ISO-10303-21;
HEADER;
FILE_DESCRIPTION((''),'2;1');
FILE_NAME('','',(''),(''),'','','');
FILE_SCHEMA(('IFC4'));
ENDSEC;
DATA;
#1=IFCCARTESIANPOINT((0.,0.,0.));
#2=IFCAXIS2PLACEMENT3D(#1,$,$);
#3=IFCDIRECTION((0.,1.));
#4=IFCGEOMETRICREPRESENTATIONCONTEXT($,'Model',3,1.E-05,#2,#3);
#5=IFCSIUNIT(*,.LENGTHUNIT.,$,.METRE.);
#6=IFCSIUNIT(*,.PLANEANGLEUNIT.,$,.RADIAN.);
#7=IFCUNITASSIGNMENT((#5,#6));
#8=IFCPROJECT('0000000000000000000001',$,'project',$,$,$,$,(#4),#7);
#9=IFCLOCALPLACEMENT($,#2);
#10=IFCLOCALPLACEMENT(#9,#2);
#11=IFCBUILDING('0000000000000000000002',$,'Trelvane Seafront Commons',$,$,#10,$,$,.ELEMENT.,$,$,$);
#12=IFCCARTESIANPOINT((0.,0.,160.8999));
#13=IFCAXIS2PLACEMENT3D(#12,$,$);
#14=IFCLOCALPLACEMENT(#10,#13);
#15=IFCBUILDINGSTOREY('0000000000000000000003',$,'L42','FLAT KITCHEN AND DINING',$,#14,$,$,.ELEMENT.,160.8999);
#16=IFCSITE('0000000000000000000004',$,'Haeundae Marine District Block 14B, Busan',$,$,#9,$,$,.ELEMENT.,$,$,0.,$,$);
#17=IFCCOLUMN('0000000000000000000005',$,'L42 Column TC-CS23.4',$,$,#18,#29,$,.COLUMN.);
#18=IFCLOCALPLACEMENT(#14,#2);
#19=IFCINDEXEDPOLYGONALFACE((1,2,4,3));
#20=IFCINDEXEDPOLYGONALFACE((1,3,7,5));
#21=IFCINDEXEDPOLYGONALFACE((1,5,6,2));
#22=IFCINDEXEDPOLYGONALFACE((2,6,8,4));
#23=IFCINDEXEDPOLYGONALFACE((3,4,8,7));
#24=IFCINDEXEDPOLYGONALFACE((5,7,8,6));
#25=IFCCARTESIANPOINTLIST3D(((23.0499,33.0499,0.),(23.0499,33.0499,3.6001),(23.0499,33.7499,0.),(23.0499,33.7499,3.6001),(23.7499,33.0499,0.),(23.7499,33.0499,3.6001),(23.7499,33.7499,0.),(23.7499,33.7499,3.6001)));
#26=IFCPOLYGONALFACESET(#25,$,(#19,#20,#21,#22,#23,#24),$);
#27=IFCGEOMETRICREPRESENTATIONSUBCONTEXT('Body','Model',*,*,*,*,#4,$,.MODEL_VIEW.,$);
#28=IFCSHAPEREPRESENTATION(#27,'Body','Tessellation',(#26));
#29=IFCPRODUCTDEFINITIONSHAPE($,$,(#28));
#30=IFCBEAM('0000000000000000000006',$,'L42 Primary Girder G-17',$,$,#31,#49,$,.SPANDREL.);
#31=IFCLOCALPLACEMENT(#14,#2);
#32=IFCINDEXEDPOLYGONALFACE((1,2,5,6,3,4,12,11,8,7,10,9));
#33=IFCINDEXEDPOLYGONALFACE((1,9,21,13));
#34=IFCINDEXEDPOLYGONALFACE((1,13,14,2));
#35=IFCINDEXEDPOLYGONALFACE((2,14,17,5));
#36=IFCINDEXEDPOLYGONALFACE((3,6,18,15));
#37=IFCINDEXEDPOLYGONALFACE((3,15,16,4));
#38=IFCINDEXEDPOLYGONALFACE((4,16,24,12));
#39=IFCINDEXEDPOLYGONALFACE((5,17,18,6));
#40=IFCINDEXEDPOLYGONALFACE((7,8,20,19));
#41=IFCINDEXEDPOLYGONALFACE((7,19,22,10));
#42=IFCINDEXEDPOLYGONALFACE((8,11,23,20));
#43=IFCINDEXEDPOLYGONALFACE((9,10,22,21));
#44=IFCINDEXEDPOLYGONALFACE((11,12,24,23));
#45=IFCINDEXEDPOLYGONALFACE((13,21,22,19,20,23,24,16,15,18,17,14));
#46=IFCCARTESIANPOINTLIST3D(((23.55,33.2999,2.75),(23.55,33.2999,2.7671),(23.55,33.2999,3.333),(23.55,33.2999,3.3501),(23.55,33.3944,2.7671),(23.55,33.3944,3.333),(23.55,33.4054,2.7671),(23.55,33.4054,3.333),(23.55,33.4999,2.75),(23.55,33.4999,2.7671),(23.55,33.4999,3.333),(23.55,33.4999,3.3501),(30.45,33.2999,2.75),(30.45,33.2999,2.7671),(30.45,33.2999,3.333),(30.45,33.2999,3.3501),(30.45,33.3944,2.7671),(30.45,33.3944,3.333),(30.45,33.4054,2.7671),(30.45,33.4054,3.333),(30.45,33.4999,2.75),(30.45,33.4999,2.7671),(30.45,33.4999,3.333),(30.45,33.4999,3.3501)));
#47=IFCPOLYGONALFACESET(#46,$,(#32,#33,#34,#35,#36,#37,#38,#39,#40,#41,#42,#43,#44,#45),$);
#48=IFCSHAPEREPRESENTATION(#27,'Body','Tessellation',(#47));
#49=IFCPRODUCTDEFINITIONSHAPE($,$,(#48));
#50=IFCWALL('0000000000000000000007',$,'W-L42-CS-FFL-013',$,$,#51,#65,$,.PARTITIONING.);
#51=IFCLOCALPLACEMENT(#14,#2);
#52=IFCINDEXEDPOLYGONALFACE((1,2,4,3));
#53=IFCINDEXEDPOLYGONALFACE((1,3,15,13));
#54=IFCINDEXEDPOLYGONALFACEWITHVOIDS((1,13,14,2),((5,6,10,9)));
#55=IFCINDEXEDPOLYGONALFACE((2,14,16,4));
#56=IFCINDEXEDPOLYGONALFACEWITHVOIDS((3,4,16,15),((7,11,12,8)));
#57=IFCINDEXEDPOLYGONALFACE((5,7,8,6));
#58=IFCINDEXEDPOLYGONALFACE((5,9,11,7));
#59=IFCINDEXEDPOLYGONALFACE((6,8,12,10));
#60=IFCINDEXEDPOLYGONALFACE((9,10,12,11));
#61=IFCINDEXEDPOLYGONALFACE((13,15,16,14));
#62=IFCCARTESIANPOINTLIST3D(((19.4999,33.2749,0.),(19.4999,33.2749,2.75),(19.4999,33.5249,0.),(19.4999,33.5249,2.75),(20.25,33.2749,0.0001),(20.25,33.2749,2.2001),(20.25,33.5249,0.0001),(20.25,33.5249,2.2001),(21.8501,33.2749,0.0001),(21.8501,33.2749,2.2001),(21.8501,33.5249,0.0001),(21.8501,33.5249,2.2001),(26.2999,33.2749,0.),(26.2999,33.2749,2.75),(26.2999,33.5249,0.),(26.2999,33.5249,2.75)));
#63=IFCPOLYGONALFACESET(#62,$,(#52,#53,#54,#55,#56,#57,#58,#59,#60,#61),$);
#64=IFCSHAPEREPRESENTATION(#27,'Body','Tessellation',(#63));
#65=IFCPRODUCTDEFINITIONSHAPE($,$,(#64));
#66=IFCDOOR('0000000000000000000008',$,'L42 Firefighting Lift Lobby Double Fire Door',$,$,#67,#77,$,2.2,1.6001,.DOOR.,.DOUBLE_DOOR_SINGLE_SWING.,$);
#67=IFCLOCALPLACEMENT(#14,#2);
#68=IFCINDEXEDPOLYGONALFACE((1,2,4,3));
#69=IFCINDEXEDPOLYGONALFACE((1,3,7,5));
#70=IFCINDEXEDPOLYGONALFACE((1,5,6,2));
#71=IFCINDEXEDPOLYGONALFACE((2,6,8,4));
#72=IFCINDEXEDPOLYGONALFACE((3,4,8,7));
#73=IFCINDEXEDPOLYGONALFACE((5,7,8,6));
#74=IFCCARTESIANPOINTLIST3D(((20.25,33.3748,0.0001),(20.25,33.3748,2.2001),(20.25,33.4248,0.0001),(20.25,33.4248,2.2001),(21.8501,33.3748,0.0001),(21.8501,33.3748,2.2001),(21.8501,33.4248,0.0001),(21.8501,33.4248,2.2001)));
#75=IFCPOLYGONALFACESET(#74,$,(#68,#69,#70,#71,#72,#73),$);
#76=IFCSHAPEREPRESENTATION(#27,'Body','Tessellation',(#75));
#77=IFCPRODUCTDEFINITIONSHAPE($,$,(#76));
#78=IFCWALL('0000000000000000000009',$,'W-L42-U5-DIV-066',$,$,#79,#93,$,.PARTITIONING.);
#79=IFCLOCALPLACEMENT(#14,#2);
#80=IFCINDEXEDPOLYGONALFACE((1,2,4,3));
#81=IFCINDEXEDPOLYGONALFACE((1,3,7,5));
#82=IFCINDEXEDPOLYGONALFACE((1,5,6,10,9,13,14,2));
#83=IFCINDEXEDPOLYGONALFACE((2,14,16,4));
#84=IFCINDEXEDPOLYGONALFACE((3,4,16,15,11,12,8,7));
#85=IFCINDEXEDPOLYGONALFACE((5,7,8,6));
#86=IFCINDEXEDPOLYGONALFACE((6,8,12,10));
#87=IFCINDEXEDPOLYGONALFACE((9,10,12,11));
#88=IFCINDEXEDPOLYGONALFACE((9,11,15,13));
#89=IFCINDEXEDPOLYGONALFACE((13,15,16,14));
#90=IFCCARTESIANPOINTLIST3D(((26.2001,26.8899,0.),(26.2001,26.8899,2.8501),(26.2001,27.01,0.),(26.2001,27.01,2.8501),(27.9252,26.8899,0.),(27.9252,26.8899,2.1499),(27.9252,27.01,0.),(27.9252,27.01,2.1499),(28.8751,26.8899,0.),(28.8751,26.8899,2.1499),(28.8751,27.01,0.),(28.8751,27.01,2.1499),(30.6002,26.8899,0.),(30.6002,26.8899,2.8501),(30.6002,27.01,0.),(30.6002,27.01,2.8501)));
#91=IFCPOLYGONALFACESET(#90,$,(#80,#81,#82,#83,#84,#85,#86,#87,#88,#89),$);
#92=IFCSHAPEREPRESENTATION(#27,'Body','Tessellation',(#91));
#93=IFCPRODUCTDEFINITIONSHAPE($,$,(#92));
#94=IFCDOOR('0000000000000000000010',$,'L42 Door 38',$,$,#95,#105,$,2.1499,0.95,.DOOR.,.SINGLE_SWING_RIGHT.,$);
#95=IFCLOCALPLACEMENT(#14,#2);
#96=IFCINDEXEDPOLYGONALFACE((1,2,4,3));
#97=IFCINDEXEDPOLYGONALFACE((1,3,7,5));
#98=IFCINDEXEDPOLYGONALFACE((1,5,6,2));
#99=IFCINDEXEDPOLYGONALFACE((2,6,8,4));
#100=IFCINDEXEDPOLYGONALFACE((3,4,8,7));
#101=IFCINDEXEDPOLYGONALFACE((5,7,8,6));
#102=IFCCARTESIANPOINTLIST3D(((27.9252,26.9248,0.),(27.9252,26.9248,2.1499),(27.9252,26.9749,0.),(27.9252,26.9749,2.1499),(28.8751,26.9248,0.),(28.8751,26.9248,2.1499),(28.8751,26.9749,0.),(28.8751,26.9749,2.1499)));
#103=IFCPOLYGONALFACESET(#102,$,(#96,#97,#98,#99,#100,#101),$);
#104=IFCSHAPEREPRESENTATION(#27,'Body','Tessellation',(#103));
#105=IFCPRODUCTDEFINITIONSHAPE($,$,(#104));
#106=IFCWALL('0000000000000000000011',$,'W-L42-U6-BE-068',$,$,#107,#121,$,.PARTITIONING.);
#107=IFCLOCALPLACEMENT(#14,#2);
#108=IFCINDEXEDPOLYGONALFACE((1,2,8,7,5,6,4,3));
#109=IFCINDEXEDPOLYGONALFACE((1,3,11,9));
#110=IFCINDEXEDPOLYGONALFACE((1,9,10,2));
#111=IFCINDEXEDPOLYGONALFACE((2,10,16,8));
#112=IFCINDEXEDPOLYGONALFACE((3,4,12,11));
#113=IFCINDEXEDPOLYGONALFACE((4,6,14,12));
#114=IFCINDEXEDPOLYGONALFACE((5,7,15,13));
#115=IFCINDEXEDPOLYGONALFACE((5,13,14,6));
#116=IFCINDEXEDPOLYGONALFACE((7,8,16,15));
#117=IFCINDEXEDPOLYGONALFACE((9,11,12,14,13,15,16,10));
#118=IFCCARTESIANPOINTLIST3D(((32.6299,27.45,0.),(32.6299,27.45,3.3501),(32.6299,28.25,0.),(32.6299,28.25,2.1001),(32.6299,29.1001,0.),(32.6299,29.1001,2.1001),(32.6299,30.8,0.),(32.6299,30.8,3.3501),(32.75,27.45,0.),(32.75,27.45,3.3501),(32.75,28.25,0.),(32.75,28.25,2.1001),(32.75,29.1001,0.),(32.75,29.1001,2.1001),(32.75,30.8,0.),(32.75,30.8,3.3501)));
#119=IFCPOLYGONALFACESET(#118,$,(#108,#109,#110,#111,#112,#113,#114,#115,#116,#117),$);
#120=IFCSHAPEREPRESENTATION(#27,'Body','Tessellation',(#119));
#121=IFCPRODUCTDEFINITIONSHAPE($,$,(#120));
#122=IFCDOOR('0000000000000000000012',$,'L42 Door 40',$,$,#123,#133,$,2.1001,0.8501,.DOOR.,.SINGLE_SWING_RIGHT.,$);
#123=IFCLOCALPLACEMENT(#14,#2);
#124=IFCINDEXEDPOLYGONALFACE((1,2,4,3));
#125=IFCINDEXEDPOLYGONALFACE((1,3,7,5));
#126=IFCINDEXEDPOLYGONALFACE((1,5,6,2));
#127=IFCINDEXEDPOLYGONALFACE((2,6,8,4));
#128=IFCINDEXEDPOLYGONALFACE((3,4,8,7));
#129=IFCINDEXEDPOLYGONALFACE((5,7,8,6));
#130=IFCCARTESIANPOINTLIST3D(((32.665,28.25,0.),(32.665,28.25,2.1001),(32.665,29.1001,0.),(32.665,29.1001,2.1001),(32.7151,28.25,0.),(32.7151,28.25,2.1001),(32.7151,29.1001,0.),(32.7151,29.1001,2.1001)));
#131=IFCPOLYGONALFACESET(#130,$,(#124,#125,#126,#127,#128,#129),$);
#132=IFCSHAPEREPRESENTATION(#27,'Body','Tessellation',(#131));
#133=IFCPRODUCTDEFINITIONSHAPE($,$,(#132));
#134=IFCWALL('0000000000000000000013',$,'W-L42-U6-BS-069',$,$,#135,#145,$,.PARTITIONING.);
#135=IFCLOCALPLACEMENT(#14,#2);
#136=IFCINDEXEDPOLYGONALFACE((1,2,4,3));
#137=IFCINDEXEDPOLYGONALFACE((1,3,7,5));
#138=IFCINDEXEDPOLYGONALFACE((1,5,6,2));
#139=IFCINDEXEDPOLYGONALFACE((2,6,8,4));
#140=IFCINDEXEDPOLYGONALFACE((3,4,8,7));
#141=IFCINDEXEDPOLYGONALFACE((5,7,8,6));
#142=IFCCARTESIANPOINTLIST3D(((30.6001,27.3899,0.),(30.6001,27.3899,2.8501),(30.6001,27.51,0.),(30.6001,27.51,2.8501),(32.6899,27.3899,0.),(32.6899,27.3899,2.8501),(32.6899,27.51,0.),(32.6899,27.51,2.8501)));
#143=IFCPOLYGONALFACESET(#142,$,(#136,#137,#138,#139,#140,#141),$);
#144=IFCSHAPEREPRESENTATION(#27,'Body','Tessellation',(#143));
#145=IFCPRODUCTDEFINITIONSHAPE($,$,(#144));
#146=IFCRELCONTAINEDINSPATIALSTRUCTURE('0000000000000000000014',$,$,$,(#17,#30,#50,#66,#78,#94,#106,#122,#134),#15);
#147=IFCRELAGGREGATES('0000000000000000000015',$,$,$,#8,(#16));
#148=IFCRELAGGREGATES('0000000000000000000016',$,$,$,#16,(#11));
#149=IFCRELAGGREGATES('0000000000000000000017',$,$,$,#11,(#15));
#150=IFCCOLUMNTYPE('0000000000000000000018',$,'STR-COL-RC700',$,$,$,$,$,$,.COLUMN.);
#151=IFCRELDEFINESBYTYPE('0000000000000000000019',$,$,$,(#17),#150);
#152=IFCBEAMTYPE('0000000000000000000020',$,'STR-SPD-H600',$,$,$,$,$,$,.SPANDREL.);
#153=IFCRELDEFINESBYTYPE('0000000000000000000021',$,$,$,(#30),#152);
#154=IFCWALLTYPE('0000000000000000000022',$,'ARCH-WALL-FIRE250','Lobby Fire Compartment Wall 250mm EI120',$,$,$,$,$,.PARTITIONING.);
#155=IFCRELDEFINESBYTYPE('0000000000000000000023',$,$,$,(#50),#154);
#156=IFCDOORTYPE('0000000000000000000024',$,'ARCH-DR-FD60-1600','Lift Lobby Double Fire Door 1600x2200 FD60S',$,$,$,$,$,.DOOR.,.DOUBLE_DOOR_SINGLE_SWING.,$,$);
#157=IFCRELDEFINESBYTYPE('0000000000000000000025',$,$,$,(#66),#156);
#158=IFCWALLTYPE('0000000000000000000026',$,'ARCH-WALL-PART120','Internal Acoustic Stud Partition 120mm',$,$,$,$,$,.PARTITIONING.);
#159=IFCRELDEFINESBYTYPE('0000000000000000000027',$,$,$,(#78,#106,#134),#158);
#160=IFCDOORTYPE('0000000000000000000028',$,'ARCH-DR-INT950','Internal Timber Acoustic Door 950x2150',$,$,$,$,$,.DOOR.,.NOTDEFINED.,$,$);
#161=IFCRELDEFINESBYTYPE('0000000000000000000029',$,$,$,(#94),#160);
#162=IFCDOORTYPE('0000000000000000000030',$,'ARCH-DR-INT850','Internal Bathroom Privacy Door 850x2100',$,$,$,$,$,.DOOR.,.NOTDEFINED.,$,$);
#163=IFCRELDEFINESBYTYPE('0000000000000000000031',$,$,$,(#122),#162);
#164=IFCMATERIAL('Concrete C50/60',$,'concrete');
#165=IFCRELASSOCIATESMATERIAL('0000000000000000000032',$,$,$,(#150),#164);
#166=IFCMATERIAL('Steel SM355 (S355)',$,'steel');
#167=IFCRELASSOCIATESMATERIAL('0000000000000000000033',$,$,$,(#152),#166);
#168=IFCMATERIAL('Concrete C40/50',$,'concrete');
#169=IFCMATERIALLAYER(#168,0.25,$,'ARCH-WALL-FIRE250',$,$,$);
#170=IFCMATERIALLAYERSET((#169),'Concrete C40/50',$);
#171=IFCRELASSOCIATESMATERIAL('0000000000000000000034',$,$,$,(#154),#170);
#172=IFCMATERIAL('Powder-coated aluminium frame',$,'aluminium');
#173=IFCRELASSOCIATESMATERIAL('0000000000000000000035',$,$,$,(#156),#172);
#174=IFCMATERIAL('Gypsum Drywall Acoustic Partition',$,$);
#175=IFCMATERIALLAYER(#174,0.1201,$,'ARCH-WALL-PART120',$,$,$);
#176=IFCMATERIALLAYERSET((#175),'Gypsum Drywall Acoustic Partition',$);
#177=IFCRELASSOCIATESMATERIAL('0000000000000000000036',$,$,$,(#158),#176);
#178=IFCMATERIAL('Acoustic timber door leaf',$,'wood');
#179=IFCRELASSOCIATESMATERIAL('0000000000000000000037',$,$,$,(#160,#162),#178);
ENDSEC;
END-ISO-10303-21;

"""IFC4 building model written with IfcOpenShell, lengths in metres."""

from ifc_helpers import new_model, si_unit, direction, frame, frame_2d, origin, origin_2d, place, context, subcontext, project, spatial, rectangle, i_section, extrude, source, transform, mapped, material, layer, layer_set, material_profile, profile_set, type_object, element, fill, save


model = new_model("IFC4")

# Units and contexts
model_context = context("Model", 3, precision=1e-05, world=origin(), true_north=direction((0.0, 1.0)))
body_context = subcontext(model_context, "Body", "Model", "MODEL_VIEW")
ifc_project = project(units=[si_unit("LENGTHUNIT", "METRE"), si_unit("PLANEANGLEUNIT", "RADIAN")], contexts=[model_context])

# Site, building, storey
site_placement = place(None, origin())
site = spatial("IfcSite", under=ifc_project, at=site_placement, Name="Haeundae Marine District Block 14B, Busan", CompositionType="ELEMENT", RefElevation=0.0)
building_placement = place(site_placement, origin())
building = spatial("IfcBuilding", under=site, at=building_placement, Name="Trelvane Seafront Commons", CompositionType="ELEMENT")
storey_placement = place(building_placement, frame((0.0, 0.0, 160.8999)))
storey = spatial("IfcBuildingStorey", under=building, at=storey_placement, Name="L42", Description="FLAT KITCHEN AND DINING", CompositionType="ELEMENT", Elevation=160.8999)

# Column
ifc_material_1 = material(Name="Concrete C50/60", Category="concrete")
ifc_material_profile_1 = material_profile(ifc_material_1, rectangle(XDim=0.7, YDim=0.7, at=origin_2d()), Name="RC-700x700")
ifc_profile_set_1 = profile_set([ifc_material_profile_1], Name="Concrete C50/60")
column_type = type_object("IfcColumnType", Name="STR-COL-RC700", PredefinedType="COLUMN", material=ifc_profile_set_1)
shared_shape_1 = source(origin(), body_context, "Body", "SweptSolid", [
    extrude(rectangle(XDim=0.7, YDim=0.7, at=origin_2d()), origin(), (0.0, 0.0, 1.0), 3.6001),
])
column_placement = place(storey_placement, frame((23.3999, 33.3999, 0.0), z_axis=(0.0, 0.0, 1.0), x_axis=(1.0, 0.0, 0.0)))
element("IfcColumn", 1, at=column_placement, inside=storey, type_object=column_type, Name="L42 Column TC-CS23.4", PredefinedType="COLUMN", context=body_context, shape_type="MappedRepresentation", body=[
    mapped(shared_shape_1, transform((0.0, 0.0, 0.0), x_axis=(1.0, 0.0, 0.0), y_axis=(0.0, 1.0, 0.0), z_axis=(0.0, 0.0, 1.0), scale=1.0)),
])

# Beam
ifc_material_2 = material(Name="Steel SM355 (S355)", Category="steel")
ifc_material_profile_2 = material_profile(ifc_material_2, i_section(OverallWidth=0.2, OverallDepth=0.6001, WebThickness=0.011, FlangeThickness=0.0171, at=origin_2d()), Name="H-600x200x11x17")
ifc_profile_set_2 = profile_set([ifc_material_profile_2], Name="Steel SM355 (S355)")
beam_type = type_object("IfcBeamType", Name="STR-SPD-H600", PredefinedType="SPANDREL", material=ifc_profile_set_2)
shared_shape_2 = source(origin(), body_context, "Body", "SweptSolid", [
    extrude(i_section(OverallWidth=0.2, OverallDepth=0.6001, WebThickness=0.011, FlangeThickness=0.0171, at=origin_2d()), origin(), (0.0, 0.0, 1.0), 6.8999),
])
beam_placement = place(storey_placement, frame((23.55, 33.3999, 3.05), z_axis=(1.0, 0.0, 0.0), x_axis=(0.0, 1.0, 0.0)))
element("IfcBeam", 2, at=beam_placement, inside=storey, type_object=beam_type, Name="L42 Primary Girder G-17", PredefinedType="SPANDREL", context=body_context, shape_type="MappedRepresentation", body=[
    mapped(shared_shape_2, transform((0.0, 0.0, 0.0), x_axis=(1.0, 0.0, 0.0), y_axis=(0.0, 1.0, 0.0), z_axis=(0.0, 0.0, 1.0), scale=1.0)),
])

# Walls, openings, doors
ifc_material_3 = material(Name="Concrete C40/50", Category="concrete")
ifc_layer_1 = layer(ifc_material_3, 0.25, Name="ARCH-WALL-FIRE250")
ifc_layer_set_1 = layer_set([ifc_layer_1], Name="Concrete C40/50")
wall_type_1 = type_object("IfcWallType", Name="ARCH-WALL-FIRE250", Description="Lobby Fire Compartment Wall 250mm EI120", PredefinedType="PARTITIONING", material=ifc_layer_set_1)
wall_1_placement = place(storey_placement, frame((19.5, 33.3999, 0.0), z_axis=(0.0, 0.0, 1.0), x_axis=(1.0, 0.0, 0.0)))
wall_1 = element("IfcWall", 3, at=wall_1_placement, inside=storey, type_object=wall_type_1, Name="W-L42-CS-FFL-013", PredefinedType="PARTITIONING", context=body_context, shape_type="SweptSolid", body=[
    extrude(rectangle(XDim=6.8, YDim=0.25, at=frame_2d((3.3999, 0.0))), origin(), (0.0, 0.0, 1.0), 2.75),
])
opening_1_placement = place(wall_1_placement, frame((0.75, 0.0, 0.0)))
opening_1 = element("IfcOpeningElement", 4, at=opening_1_placement, cuts=wall_1, PredefinedType="OPENING", context=body_context, shape_type="SweptSolid", body=[
    extrude(rectangle(XDim=1.6001, YDim=2.2, at=frame_2d((0.8, 1.1001))), frame((0.0, 0.135, 0.0), z_axis=(0.0, -1.0, 0.0), x_axis=(1.0, 0.0, 0.0)), (0.0, 0.0, 1.0), 0.27),
])
ifc_material_4 = material(Name="Powder-coated aluminium frame", Category="aluminium")
door_type_1 = type_object("IfcDoorType", Name="ARCH-DR-FD60-1600", Description="Lift Lobby Double Fire Door 1600x2200 FD60S", OperationType="DOUBLE_DOOR_SINGLE_SWING", PredefinedType="DOOR", material=ifc_material_4)
shared_shape_3 = source(origin(), body_context, "Body", "SweptSolid", [
    extrude(rectangle(XDim=1.6001, YDim=2.2, at=frame_2d((0.8, 1.1001))), frame((0.0, 0.0249, 0.0), z_axis=(0.0, -1.0, 0.0), x_axis=(1.0, 0.0, 0.0)), (0.0, 0.0, 1.0), 0.05),
])
door_1_placement = place(opening_1_placement, origin())
door_1 = element("IfcDoor", 5, at=door_1_placement, inside=storey, type_object=door_type_1, Name="L42 Firefighting Lift Lobby Double Fire Door", OperationType="DOUBLE_DOOR_SINGLE_SWING", OverallHeight=2.2, OverallWidth=1.6001, PredefinedType="DOOR", context=body_context, shape_type="MappedRepresentation", body=[
    mapped(shared_shape_3, transform((0.0, 0.0, 0.0), x_axis=(1.0, 0.0, 0.0), y_axis=(0.0, 1.0, 0.0), z_axis=(0.0, 0.0, 1.0), scale=1.0)),
])
fill(opening_1, door_1)
ifc_material_5 = material(Name="Gypsum Drywall Acoustic Partition")
ifc_layer_2 = layer(ifc_material_5, 0.1201, Name="ARCH-WALL-PART120")
ifc_layer_set_2 = layer_set([ifc_layer_2], Name="Gypsum Drywall Acoustic Partition")
wall_type_2 = type_object("IfcWallType", Name="ARCH-WALL-PART120", Description="Internal Acoustic Stud Partition 120mm", PredefinedType="PARTITIONING", material=ifc_layer_set_2)
wall_2_placement = place(storey_placement, frame((26.2, 26.95, 0.0), z_axis=(0.0, 0.0, 1.0), x_axis=(1.0, 0.0, 0.0)))
wall_2 = element("IfcWall", 6, at=wall_2_placement, inside=storey, type_object=wall_type_2, Name="W-L42-U5-DIV-066", PredefinedType="PARTITIONING", context=body_context, shape_type="SweptSolid", body=[
    extrude(rectangle(XDim=4.4001, YDim=0.1201, at=frame_2d((2.2002, 0.0))), origin(), (0.0, 0.0, 1.0), 2.8501),
])
opening_2_placement = place(wall_2_placement, frame((1.7251, 0.0, 0.0)))
opening_2 = element("IfcOpeningElement", 7, at=opening_2_placement, cuts=wall_2, PredefinedType="OPENING", context=body_context, shape_type="SweptSolid", body=[
    extrude(rectangle(XDim=0.95, YDim=2.1499, at=frame_2d((0.4751, 1.075))), frame((0.0, 0.0701, 0.0), z_axis=(0.0, -1.0, 0.0), x_axis=(1.0, 0.0, 0.0)), (0.0, 0.0, 1.0), 0.1401),
])
ifc_material_6 = material(Name="Acoustic timber door leaf", Category="wood")
door_type_2 = type_object("IfcDoorType", Name="ARCH-DR-INT950", Description="Internal Timber Acoustic Door 950x2150", OperationType="NOTDEFINED", PredefinedType="DOOR", material=ifc_material_6)
shared_shape_4 = source(origin(), body_context, "Body", "SweptSolid", [
    extrude(rectangle(XDim=0.95, YDim=2.1499, at=frame_2d((0.4751, 1.075))), frame((0.0, 0.0249, 0.0), z_axis=(0.0, -1.0, 0.0), x_axis=(1.0, 0.0, 0.0)), (0.0, 0.0, 1.0), 0.05),
])
door_2_placement = place(opening_2_placement, origin())
door_2 = element("IfcDoor", 8, at=door_2_placement, inside=storey, type_object=door_type_2, Name="L42 Door 38", OperationType="SINGLE_SWING_RIGHT", OverallHeight=2.1499, OverallWidth=0.95, PredefinedType="DOOR", context=body_context, shape_type="MappedRepresentation", body=[
    mapped(shared_shape_4, transform((0.0, 0.0, 0.0), x_axis=(1.0, 0.0, 0.0), y_axis=(0.0, 1.0, 0.0), z_axis=(0.0, 0.0, 1.0), scale=1.0)),
])
fill(opening_2, door_2)
wall_3_placement = place(storey_placement, frame((32.6899, 27.45, 0.0), z_axis=(0.0, 0.0, 1.0), x_axis=(0.0, 1.0, 0.0)))
wall_3 = element("IfcWall", 9, at=wall_3_placement, inside=storey, type_object=wall_type_2, Name="W-L42-U6-BE-068", PredefinedType="PARTITIONING", context=body_context, shape_type="SweptSolid", body=[
    extrude(rectangle(XDim=3.3501, YDim=0.1201, at=frame_2d((1.675, 0.0))), origin(), (0.0, 0.0, 1.0), 3.3501),
])
opening_3_placement = place(wall_3_placement, frame((0.8, 0.0, 0.0)))
opening_3 = element("IfcOpeningElement", 10, at=opening_3_placement, cuts=wall_3, PredefinedType="OPENING", context=body_context, shape_type="SweptSolid", body=[
    extrude(rectangle(XDim=0.8501, YDim=2.1001, at=frame_2d((0.425, 1.05))), frame((0.0, 0.0701, 0.0), z_axis=(0.0, -1.0, 0.0), x_axis=(1.0, 0.0, 0.0)), (0.0, 0.0, 1.0), 0.1401),
])
door_type_3 = type_object("IfcDoorType", Name="ARCH-DR-INT850", Description="Internal Bathroom Privacy Door 850x2100", OperationType="NOTDEFINED", PredefinedType="DOOR", material=ifc_material_6)
shared_shape_5 = source(origin(), body_context, "Body", "SweptSolid", [
    extrude(rectangle(XDim=0.8501, YDim=2.1001, at=frame_2d((0.425, 1.05))), frame((0.0, 0.0249, 0.0), z_axis=(0.0, -1.0, 0.0), x_axis=(1.0, 0.0, 0.0)), (0.0, 0.0, 1.0), 0.05),
])
door_3_placement = place(opening_3_placement, origin())
door_3 = element("IfcDoor", 11, at=door_3_placement, inside=storey, type_object=door_type_3, Name="L42 Door 40", OperationType="SINGLE_SWING_RIGHT", OverallHeight=2.1001, OverallWidth=0.8501, PredefinedType="DOOR", context=body_context, shape_type="MappedRepresentation", body=[
    mapped(shared_shape_5, transform((0.0, 0.0, 0.0), x_axis=(1.0, 0.0, 0.0), y_axis=(0.0, 1.0, 0.0), z_axis=(0.0, 0.0, 1.0), scale=1.0)),
])
fill(opening_3, door_3)

# Wall
wall_4_placement = place(storey_placement, frame((30.6001, 27.45, 0.0), z_axis=(0.0, 0.0, 1.0), x_axis=(1.0, 0.0, 0.0)))
element("IfcWall", 12, at=wall_4_placement, inside=storey, type_object=wall_type_2, Name="W-L42-U6-BS-069", PredefinedType="PARTITIONING", context=body_context, shape_type="SweptSolid", body=[
    extrude(rectangle(XDim=2.0898, YDim=0.1201, at=frame_2d((1.0449, 0.0))), origin(), (0.0, 0.0, 1.0), 2.8501),
])

save(model, "model.ifc")
